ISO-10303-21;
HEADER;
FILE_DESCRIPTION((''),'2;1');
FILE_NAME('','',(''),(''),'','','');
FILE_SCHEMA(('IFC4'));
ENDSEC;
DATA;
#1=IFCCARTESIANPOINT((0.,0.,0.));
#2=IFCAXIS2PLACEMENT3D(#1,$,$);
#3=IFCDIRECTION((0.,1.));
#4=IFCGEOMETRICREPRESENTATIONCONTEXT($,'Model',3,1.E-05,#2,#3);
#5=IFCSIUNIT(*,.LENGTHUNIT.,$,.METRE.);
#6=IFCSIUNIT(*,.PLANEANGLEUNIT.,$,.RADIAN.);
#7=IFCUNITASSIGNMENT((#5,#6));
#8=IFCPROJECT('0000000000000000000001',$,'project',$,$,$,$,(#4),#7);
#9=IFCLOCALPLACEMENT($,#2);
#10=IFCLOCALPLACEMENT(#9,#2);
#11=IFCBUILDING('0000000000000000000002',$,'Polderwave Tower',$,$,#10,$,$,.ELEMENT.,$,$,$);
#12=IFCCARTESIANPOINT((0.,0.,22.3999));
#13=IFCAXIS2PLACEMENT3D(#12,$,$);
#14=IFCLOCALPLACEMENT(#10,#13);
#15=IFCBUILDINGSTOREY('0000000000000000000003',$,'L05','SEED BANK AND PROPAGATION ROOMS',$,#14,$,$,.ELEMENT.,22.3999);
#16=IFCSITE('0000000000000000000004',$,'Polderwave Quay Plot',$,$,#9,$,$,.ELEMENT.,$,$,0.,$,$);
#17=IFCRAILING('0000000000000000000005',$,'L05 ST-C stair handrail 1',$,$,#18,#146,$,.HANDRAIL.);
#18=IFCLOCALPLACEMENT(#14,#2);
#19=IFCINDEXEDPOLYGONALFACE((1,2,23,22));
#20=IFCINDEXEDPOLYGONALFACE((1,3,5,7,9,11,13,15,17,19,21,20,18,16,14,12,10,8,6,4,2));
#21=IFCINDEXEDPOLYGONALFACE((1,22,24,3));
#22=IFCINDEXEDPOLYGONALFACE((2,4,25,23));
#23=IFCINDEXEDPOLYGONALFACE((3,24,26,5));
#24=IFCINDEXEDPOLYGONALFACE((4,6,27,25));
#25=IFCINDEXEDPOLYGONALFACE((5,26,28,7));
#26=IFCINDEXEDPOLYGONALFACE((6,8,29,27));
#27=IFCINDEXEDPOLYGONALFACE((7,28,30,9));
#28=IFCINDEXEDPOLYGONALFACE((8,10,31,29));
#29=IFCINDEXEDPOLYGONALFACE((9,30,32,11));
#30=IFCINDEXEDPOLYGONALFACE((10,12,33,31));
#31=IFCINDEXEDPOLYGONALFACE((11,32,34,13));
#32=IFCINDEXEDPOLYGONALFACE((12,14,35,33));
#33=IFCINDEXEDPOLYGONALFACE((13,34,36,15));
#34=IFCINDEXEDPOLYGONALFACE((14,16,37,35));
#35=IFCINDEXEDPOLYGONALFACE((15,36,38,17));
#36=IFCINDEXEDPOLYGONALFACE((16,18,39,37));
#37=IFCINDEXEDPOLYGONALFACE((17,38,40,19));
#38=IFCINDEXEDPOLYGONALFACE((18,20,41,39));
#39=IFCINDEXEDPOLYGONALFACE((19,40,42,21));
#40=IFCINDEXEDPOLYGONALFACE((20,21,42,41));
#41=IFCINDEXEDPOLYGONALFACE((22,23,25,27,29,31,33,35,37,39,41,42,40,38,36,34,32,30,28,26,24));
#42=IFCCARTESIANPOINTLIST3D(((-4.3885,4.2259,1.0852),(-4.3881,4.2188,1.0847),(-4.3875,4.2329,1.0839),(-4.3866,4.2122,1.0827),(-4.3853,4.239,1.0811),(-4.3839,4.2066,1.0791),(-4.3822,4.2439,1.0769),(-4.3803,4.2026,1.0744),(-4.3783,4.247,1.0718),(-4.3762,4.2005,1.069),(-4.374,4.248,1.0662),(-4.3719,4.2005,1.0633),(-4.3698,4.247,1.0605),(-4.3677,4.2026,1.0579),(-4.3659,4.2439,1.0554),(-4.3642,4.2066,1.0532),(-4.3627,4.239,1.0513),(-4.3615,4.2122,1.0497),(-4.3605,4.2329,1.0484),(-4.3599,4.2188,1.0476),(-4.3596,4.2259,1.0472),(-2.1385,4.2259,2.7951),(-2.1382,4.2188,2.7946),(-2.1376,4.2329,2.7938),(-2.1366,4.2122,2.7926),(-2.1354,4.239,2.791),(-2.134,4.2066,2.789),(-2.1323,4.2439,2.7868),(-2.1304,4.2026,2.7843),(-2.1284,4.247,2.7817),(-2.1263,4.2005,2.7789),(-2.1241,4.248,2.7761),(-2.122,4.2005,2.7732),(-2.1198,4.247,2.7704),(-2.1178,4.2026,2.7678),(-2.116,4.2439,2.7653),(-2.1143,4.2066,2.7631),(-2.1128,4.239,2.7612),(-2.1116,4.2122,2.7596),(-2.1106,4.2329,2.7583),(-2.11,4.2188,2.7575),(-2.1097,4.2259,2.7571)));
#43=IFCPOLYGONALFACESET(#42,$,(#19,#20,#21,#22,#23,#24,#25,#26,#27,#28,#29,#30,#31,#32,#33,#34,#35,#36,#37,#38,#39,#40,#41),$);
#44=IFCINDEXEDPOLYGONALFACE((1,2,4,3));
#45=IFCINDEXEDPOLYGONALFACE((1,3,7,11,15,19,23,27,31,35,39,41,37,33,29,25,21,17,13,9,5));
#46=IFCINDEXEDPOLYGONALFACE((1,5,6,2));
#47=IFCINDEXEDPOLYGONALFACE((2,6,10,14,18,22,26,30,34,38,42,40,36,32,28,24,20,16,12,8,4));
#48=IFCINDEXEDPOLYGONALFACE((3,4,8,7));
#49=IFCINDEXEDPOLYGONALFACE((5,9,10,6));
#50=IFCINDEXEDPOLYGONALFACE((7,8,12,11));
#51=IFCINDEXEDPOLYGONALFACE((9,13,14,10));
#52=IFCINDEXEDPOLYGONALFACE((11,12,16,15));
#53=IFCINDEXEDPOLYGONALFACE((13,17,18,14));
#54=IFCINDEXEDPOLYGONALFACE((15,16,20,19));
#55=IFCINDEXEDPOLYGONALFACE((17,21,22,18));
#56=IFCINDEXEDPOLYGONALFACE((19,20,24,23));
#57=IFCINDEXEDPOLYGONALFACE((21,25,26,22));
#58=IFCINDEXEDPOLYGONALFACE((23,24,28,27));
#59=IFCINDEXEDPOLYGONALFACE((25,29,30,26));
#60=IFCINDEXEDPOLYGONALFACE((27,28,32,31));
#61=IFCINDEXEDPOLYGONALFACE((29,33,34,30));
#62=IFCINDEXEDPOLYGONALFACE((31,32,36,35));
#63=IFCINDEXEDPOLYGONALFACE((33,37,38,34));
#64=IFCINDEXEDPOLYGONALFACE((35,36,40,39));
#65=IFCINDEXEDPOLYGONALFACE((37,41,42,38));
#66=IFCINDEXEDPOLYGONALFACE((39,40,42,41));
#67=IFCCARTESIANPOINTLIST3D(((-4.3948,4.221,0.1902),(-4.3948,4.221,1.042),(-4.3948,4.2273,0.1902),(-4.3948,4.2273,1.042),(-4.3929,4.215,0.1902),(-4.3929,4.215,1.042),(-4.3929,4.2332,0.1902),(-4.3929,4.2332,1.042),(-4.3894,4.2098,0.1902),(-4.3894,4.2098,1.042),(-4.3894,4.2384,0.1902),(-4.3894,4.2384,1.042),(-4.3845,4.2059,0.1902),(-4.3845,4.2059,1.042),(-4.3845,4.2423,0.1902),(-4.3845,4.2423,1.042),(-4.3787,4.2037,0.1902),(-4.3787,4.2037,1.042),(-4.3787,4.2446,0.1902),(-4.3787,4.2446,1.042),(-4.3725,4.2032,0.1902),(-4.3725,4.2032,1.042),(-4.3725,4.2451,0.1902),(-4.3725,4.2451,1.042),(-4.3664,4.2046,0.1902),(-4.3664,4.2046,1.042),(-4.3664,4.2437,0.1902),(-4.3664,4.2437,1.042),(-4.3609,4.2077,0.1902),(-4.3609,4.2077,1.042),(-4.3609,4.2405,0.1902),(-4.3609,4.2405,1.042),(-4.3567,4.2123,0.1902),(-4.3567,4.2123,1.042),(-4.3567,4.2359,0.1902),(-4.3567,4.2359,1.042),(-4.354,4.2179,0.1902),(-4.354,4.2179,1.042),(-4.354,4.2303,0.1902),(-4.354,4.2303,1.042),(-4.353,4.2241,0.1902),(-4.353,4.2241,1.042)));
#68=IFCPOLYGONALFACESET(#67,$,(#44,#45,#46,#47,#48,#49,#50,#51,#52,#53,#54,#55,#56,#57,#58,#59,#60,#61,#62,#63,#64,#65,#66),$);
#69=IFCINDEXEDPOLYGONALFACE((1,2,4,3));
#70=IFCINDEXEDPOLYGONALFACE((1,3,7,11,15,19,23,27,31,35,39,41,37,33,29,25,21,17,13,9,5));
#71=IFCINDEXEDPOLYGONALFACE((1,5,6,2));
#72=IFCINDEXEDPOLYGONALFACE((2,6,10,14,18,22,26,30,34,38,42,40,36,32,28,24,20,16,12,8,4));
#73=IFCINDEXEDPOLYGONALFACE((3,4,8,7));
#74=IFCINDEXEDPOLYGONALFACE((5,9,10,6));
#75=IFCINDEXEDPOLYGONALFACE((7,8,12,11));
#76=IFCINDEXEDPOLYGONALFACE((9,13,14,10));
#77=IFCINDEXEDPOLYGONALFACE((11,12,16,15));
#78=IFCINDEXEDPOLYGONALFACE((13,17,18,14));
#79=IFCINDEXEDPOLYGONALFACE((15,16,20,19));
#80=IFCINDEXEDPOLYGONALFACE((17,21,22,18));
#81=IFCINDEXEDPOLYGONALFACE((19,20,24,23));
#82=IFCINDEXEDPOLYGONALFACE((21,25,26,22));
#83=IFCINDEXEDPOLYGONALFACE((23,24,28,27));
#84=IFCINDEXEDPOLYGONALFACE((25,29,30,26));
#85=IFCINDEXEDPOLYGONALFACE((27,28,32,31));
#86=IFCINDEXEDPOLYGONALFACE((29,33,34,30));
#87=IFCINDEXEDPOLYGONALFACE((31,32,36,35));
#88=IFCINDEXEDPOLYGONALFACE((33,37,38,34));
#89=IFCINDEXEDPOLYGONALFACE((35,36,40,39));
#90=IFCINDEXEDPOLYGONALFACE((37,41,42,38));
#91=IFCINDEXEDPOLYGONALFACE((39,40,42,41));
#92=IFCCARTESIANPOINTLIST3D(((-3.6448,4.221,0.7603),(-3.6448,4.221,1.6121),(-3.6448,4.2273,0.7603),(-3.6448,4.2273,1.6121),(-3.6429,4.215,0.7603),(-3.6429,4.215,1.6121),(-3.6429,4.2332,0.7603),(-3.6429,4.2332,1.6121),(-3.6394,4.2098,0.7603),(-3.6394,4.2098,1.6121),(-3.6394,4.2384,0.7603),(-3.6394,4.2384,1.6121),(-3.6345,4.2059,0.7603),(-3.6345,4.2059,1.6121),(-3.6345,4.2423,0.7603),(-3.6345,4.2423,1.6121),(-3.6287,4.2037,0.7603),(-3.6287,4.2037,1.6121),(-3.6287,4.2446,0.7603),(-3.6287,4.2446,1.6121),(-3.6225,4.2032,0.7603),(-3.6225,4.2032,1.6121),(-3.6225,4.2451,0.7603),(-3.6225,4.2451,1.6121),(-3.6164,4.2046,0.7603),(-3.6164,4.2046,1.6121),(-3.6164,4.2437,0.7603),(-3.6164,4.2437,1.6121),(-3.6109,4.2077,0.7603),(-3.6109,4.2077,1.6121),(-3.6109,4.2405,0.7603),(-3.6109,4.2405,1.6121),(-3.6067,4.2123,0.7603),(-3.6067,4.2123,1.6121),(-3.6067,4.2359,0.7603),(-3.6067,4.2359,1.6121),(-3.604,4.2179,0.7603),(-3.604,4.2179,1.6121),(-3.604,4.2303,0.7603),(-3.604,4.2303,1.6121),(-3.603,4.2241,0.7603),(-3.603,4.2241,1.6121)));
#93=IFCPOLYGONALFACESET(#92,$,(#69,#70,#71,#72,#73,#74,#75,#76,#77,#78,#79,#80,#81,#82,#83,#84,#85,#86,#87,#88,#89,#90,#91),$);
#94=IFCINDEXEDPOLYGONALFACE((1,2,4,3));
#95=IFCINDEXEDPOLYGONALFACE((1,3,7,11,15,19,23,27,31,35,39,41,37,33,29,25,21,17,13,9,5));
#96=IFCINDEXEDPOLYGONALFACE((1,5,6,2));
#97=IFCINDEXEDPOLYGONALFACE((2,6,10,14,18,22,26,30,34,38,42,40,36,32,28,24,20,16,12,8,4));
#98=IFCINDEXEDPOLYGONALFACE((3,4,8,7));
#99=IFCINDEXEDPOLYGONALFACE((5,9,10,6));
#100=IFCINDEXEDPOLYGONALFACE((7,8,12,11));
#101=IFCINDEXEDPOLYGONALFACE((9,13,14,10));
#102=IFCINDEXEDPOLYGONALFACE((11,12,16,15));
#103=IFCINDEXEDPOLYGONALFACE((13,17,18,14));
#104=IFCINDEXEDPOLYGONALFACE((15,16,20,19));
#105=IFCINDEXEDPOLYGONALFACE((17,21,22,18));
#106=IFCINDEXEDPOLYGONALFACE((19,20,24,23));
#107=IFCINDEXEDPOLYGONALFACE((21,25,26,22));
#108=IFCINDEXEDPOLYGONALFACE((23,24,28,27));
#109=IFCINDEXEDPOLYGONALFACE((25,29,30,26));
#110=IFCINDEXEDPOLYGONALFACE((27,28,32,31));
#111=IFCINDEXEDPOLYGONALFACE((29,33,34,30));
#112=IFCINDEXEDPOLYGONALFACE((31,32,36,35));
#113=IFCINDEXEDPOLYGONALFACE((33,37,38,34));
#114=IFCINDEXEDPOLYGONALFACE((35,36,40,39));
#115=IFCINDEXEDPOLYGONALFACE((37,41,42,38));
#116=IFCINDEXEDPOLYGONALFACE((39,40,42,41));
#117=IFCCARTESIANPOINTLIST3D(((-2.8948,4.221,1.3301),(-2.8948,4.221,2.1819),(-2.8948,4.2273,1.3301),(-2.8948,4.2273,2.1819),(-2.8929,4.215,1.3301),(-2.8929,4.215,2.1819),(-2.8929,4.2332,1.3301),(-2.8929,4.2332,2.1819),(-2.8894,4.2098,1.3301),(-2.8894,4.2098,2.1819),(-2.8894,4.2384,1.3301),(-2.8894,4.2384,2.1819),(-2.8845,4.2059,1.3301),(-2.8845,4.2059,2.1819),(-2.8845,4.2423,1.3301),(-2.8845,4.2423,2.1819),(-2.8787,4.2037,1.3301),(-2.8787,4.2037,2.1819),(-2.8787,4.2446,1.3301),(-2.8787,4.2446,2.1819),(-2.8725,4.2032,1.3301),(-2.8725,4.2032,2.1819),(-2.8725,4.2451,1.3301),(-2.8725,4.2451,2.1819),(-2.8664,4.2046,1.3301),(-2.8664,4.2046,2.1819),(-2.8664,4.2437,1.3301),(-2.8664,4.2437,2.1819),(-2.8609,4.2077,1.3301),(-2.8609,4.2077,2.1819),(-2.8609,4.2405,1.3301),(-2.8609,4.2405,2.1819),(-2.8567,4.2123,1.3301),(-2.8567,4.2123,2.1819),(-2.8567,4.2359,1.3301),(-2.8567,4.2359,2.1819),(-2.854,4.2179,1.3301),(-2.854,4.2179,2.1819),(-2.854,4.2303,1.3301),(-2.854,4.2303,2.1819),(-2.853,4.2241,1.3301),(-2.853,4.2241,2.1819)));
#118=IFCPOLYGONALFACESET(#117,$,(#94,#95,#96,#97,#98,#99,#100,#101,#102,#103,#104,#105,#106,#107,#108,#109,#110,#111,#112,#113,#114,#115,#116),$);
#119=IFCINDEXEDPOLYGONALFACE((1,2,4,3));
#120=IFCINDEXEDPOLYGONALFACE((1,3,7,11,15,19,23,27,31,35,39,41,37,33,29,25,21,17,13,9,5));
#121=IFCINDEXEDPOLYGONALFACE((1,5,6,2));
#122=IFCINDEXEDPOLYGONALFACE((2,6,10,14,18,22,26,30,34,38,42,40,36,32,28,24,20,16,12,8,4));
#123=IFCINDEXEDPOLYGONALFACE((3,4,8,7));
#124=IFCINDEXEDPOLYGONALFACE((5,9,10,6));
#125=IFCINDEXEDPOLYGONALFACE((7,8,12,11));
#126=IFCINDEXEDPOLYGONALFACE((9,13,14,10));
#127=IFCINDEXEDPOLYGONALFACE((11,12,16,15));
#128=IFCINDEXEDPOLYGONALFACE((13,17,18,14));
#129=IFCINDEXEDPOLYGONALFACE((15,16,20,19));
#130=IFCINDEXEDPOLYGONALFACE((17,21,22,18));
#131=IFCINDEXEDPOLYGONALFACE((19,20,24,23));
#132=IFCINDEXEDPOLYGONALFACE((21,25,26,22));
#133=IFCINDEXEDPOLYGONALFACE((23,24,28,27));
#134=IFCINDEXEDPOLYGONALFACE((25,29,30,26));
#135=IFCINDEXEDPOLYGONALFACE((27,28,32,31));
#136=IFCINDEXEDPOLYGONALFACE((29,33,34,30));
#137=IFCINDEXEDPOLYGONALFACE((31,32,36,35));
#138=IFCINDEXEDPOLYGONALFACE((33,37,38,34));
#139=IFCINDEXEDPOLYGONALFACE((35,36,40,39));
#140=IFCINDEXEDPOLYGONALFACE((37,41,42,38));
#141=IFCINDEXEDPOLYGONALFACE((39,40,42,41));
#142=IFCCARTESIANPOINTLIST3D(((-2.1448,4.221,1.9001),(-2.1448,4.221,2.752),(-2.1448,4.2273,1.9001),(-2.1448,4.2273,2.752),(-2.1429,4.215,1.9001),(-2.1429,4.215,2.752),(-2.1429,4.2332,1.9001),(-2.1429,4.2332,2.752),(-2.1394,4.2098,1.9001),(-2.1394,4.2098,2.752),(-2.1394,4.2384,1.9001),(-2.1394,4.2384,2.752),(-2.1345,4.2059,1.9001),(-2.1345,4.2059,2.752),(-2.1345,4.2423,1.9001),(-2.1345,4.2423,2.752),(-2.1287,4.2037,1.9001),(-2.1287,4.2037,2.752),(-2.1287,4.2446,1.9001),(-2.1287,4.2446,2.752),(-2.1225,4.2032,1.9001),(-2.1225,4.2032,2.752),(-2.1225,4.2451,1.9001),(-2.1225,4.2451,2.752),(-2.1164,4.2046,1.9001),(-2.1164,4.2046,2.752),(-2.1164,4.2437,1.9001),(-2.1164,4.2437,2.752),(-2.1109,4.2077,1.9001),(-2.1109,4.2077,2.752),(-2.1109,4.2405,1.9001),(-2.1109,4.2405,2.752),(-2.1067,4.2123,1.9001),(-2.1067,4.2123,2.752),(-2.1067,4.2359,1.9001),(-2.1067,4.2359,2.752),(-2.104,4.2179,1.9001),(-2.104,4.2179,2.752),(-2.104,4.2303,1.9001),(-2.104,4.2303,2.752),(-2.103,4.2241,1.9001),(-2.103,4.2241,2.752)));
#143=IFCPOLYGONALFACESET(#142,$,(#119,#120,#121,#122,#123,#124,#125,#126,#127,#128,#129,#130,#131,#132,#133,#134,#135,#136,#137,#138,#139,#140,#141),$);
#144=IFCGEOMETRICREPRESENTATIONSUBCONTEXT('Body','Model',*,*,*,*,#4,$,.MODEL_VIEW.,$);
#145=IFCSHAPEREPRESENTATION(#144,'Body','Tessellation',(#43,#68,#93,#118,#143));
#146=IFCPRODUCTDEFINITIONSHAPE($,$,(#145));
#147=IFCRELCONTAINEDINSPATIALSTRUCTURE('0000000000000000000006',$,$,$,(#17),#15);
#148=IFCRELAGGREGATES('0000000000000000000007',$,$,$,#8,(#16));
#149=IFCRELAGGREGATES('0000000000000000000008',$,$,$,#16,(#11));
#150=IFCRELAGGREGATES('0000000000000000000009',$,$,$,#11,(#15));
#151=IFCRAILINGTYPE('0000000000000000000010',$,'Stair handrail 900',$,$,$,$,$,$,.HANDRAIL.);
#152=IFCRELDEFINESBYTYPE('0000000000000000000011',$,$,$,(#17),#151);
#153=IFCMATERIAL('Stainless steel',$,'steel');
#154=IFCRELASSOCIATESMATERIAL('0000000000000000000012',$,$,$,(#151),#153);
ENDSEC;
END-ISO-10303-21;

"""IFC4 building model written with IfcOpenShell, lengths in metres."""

from ifc_helpers import new_model, si_unit, direction, frame, origin, origin_2d, place, context, subcontext, project, spatial, circle, extrude, material, type_object, element, save


model = new_model("IFC4")

# Units and contexts
model_context = context("Model", 3, precision=1e-05, world=origin(), true_north=direction((0.0, 1.0)))
body_context = subcontext(model_context, "Body", "Model", "MODEL_VIEW")
ifc_project = project(units=[si_unit("LENGTHUNIT", "METRE"), si_unit("PLANEANGLEUNIT", "RADIAN")], contexts=[model_context])

# Site, building, storey
site_placement = place(None, origin())
site = spatial("IfcSite", under=ifc_project, at=site_placement, Name="Polderwave Quay Plot", CompositionType="ELEMENT", RefElevation=0.0)
building_placement = place(site_placement, origin())
building = spatial("IfcBuilding", under=site, at=building_placement, Name="Polderwave Tower", CompositionType="ELEMENT")
storey_placement = place(building_placement, frame((0.0, 0.0, 22.3999)))
storey = spatial("IfcBuildingStorey", under=building, at=storey_placement, Name="L05", Description="SEED BANK AND PROPAGATION ROOMS", CompositionType="ELEMENT", Elevation=22.3999)

# Railing
ifc_material_1 = material(Name="Stainless steel", Category="steel")
railing_type_1 = type_object("IfcRailingType", Name="Stair handrail 900", PredefinedType="HANDRAIL", material=ifc_material_1)
railing_1_placement = place(storey_placement, frame((-4.374, 4.2241, 0.1902)))
element("IfcRailing", 1, at=railing_1_placement, inside=storey, type_object=railing_type_1, Name="L05 ST-C stair handrail 1", PredefinedType="HANDRAIL", context=body_context, shape_type="SweptSolid", body=[
    extrude(circle(Radius=0.0239, at=origin_2d()), frame((0.0, 0.0, 0.876), z_axis=(0.796169, 0.0, 0.605075), x_axis=(0.0, 1.0, 0.0)), (0.0, 0.0, 1.0), 2.8259),
    extrude(circle(Radius=0.021, at=origin_2d()), origin(), (0.0, 0.0, 1.0), 0.8518),
    extrude(circle(Radius=0.021, at=origin_2d()), frame((0.75, 0.0, 0.5701)), (0.0, 0.0, 1.0), 0.8518),
    extrude(circle(Radius=0.021, at=origin_2d()), frame((1.5, 0.0, 1.1399)), (0.0, 0.0, 1.0), 0.8518),
    extrude(circle(Radius=0.021, at=origin_2d()), frame((2.25, 0.0, 1.71)), (0.0, 0.0, 1.0), 0.8518),
])

save(model, "model.ifc")
